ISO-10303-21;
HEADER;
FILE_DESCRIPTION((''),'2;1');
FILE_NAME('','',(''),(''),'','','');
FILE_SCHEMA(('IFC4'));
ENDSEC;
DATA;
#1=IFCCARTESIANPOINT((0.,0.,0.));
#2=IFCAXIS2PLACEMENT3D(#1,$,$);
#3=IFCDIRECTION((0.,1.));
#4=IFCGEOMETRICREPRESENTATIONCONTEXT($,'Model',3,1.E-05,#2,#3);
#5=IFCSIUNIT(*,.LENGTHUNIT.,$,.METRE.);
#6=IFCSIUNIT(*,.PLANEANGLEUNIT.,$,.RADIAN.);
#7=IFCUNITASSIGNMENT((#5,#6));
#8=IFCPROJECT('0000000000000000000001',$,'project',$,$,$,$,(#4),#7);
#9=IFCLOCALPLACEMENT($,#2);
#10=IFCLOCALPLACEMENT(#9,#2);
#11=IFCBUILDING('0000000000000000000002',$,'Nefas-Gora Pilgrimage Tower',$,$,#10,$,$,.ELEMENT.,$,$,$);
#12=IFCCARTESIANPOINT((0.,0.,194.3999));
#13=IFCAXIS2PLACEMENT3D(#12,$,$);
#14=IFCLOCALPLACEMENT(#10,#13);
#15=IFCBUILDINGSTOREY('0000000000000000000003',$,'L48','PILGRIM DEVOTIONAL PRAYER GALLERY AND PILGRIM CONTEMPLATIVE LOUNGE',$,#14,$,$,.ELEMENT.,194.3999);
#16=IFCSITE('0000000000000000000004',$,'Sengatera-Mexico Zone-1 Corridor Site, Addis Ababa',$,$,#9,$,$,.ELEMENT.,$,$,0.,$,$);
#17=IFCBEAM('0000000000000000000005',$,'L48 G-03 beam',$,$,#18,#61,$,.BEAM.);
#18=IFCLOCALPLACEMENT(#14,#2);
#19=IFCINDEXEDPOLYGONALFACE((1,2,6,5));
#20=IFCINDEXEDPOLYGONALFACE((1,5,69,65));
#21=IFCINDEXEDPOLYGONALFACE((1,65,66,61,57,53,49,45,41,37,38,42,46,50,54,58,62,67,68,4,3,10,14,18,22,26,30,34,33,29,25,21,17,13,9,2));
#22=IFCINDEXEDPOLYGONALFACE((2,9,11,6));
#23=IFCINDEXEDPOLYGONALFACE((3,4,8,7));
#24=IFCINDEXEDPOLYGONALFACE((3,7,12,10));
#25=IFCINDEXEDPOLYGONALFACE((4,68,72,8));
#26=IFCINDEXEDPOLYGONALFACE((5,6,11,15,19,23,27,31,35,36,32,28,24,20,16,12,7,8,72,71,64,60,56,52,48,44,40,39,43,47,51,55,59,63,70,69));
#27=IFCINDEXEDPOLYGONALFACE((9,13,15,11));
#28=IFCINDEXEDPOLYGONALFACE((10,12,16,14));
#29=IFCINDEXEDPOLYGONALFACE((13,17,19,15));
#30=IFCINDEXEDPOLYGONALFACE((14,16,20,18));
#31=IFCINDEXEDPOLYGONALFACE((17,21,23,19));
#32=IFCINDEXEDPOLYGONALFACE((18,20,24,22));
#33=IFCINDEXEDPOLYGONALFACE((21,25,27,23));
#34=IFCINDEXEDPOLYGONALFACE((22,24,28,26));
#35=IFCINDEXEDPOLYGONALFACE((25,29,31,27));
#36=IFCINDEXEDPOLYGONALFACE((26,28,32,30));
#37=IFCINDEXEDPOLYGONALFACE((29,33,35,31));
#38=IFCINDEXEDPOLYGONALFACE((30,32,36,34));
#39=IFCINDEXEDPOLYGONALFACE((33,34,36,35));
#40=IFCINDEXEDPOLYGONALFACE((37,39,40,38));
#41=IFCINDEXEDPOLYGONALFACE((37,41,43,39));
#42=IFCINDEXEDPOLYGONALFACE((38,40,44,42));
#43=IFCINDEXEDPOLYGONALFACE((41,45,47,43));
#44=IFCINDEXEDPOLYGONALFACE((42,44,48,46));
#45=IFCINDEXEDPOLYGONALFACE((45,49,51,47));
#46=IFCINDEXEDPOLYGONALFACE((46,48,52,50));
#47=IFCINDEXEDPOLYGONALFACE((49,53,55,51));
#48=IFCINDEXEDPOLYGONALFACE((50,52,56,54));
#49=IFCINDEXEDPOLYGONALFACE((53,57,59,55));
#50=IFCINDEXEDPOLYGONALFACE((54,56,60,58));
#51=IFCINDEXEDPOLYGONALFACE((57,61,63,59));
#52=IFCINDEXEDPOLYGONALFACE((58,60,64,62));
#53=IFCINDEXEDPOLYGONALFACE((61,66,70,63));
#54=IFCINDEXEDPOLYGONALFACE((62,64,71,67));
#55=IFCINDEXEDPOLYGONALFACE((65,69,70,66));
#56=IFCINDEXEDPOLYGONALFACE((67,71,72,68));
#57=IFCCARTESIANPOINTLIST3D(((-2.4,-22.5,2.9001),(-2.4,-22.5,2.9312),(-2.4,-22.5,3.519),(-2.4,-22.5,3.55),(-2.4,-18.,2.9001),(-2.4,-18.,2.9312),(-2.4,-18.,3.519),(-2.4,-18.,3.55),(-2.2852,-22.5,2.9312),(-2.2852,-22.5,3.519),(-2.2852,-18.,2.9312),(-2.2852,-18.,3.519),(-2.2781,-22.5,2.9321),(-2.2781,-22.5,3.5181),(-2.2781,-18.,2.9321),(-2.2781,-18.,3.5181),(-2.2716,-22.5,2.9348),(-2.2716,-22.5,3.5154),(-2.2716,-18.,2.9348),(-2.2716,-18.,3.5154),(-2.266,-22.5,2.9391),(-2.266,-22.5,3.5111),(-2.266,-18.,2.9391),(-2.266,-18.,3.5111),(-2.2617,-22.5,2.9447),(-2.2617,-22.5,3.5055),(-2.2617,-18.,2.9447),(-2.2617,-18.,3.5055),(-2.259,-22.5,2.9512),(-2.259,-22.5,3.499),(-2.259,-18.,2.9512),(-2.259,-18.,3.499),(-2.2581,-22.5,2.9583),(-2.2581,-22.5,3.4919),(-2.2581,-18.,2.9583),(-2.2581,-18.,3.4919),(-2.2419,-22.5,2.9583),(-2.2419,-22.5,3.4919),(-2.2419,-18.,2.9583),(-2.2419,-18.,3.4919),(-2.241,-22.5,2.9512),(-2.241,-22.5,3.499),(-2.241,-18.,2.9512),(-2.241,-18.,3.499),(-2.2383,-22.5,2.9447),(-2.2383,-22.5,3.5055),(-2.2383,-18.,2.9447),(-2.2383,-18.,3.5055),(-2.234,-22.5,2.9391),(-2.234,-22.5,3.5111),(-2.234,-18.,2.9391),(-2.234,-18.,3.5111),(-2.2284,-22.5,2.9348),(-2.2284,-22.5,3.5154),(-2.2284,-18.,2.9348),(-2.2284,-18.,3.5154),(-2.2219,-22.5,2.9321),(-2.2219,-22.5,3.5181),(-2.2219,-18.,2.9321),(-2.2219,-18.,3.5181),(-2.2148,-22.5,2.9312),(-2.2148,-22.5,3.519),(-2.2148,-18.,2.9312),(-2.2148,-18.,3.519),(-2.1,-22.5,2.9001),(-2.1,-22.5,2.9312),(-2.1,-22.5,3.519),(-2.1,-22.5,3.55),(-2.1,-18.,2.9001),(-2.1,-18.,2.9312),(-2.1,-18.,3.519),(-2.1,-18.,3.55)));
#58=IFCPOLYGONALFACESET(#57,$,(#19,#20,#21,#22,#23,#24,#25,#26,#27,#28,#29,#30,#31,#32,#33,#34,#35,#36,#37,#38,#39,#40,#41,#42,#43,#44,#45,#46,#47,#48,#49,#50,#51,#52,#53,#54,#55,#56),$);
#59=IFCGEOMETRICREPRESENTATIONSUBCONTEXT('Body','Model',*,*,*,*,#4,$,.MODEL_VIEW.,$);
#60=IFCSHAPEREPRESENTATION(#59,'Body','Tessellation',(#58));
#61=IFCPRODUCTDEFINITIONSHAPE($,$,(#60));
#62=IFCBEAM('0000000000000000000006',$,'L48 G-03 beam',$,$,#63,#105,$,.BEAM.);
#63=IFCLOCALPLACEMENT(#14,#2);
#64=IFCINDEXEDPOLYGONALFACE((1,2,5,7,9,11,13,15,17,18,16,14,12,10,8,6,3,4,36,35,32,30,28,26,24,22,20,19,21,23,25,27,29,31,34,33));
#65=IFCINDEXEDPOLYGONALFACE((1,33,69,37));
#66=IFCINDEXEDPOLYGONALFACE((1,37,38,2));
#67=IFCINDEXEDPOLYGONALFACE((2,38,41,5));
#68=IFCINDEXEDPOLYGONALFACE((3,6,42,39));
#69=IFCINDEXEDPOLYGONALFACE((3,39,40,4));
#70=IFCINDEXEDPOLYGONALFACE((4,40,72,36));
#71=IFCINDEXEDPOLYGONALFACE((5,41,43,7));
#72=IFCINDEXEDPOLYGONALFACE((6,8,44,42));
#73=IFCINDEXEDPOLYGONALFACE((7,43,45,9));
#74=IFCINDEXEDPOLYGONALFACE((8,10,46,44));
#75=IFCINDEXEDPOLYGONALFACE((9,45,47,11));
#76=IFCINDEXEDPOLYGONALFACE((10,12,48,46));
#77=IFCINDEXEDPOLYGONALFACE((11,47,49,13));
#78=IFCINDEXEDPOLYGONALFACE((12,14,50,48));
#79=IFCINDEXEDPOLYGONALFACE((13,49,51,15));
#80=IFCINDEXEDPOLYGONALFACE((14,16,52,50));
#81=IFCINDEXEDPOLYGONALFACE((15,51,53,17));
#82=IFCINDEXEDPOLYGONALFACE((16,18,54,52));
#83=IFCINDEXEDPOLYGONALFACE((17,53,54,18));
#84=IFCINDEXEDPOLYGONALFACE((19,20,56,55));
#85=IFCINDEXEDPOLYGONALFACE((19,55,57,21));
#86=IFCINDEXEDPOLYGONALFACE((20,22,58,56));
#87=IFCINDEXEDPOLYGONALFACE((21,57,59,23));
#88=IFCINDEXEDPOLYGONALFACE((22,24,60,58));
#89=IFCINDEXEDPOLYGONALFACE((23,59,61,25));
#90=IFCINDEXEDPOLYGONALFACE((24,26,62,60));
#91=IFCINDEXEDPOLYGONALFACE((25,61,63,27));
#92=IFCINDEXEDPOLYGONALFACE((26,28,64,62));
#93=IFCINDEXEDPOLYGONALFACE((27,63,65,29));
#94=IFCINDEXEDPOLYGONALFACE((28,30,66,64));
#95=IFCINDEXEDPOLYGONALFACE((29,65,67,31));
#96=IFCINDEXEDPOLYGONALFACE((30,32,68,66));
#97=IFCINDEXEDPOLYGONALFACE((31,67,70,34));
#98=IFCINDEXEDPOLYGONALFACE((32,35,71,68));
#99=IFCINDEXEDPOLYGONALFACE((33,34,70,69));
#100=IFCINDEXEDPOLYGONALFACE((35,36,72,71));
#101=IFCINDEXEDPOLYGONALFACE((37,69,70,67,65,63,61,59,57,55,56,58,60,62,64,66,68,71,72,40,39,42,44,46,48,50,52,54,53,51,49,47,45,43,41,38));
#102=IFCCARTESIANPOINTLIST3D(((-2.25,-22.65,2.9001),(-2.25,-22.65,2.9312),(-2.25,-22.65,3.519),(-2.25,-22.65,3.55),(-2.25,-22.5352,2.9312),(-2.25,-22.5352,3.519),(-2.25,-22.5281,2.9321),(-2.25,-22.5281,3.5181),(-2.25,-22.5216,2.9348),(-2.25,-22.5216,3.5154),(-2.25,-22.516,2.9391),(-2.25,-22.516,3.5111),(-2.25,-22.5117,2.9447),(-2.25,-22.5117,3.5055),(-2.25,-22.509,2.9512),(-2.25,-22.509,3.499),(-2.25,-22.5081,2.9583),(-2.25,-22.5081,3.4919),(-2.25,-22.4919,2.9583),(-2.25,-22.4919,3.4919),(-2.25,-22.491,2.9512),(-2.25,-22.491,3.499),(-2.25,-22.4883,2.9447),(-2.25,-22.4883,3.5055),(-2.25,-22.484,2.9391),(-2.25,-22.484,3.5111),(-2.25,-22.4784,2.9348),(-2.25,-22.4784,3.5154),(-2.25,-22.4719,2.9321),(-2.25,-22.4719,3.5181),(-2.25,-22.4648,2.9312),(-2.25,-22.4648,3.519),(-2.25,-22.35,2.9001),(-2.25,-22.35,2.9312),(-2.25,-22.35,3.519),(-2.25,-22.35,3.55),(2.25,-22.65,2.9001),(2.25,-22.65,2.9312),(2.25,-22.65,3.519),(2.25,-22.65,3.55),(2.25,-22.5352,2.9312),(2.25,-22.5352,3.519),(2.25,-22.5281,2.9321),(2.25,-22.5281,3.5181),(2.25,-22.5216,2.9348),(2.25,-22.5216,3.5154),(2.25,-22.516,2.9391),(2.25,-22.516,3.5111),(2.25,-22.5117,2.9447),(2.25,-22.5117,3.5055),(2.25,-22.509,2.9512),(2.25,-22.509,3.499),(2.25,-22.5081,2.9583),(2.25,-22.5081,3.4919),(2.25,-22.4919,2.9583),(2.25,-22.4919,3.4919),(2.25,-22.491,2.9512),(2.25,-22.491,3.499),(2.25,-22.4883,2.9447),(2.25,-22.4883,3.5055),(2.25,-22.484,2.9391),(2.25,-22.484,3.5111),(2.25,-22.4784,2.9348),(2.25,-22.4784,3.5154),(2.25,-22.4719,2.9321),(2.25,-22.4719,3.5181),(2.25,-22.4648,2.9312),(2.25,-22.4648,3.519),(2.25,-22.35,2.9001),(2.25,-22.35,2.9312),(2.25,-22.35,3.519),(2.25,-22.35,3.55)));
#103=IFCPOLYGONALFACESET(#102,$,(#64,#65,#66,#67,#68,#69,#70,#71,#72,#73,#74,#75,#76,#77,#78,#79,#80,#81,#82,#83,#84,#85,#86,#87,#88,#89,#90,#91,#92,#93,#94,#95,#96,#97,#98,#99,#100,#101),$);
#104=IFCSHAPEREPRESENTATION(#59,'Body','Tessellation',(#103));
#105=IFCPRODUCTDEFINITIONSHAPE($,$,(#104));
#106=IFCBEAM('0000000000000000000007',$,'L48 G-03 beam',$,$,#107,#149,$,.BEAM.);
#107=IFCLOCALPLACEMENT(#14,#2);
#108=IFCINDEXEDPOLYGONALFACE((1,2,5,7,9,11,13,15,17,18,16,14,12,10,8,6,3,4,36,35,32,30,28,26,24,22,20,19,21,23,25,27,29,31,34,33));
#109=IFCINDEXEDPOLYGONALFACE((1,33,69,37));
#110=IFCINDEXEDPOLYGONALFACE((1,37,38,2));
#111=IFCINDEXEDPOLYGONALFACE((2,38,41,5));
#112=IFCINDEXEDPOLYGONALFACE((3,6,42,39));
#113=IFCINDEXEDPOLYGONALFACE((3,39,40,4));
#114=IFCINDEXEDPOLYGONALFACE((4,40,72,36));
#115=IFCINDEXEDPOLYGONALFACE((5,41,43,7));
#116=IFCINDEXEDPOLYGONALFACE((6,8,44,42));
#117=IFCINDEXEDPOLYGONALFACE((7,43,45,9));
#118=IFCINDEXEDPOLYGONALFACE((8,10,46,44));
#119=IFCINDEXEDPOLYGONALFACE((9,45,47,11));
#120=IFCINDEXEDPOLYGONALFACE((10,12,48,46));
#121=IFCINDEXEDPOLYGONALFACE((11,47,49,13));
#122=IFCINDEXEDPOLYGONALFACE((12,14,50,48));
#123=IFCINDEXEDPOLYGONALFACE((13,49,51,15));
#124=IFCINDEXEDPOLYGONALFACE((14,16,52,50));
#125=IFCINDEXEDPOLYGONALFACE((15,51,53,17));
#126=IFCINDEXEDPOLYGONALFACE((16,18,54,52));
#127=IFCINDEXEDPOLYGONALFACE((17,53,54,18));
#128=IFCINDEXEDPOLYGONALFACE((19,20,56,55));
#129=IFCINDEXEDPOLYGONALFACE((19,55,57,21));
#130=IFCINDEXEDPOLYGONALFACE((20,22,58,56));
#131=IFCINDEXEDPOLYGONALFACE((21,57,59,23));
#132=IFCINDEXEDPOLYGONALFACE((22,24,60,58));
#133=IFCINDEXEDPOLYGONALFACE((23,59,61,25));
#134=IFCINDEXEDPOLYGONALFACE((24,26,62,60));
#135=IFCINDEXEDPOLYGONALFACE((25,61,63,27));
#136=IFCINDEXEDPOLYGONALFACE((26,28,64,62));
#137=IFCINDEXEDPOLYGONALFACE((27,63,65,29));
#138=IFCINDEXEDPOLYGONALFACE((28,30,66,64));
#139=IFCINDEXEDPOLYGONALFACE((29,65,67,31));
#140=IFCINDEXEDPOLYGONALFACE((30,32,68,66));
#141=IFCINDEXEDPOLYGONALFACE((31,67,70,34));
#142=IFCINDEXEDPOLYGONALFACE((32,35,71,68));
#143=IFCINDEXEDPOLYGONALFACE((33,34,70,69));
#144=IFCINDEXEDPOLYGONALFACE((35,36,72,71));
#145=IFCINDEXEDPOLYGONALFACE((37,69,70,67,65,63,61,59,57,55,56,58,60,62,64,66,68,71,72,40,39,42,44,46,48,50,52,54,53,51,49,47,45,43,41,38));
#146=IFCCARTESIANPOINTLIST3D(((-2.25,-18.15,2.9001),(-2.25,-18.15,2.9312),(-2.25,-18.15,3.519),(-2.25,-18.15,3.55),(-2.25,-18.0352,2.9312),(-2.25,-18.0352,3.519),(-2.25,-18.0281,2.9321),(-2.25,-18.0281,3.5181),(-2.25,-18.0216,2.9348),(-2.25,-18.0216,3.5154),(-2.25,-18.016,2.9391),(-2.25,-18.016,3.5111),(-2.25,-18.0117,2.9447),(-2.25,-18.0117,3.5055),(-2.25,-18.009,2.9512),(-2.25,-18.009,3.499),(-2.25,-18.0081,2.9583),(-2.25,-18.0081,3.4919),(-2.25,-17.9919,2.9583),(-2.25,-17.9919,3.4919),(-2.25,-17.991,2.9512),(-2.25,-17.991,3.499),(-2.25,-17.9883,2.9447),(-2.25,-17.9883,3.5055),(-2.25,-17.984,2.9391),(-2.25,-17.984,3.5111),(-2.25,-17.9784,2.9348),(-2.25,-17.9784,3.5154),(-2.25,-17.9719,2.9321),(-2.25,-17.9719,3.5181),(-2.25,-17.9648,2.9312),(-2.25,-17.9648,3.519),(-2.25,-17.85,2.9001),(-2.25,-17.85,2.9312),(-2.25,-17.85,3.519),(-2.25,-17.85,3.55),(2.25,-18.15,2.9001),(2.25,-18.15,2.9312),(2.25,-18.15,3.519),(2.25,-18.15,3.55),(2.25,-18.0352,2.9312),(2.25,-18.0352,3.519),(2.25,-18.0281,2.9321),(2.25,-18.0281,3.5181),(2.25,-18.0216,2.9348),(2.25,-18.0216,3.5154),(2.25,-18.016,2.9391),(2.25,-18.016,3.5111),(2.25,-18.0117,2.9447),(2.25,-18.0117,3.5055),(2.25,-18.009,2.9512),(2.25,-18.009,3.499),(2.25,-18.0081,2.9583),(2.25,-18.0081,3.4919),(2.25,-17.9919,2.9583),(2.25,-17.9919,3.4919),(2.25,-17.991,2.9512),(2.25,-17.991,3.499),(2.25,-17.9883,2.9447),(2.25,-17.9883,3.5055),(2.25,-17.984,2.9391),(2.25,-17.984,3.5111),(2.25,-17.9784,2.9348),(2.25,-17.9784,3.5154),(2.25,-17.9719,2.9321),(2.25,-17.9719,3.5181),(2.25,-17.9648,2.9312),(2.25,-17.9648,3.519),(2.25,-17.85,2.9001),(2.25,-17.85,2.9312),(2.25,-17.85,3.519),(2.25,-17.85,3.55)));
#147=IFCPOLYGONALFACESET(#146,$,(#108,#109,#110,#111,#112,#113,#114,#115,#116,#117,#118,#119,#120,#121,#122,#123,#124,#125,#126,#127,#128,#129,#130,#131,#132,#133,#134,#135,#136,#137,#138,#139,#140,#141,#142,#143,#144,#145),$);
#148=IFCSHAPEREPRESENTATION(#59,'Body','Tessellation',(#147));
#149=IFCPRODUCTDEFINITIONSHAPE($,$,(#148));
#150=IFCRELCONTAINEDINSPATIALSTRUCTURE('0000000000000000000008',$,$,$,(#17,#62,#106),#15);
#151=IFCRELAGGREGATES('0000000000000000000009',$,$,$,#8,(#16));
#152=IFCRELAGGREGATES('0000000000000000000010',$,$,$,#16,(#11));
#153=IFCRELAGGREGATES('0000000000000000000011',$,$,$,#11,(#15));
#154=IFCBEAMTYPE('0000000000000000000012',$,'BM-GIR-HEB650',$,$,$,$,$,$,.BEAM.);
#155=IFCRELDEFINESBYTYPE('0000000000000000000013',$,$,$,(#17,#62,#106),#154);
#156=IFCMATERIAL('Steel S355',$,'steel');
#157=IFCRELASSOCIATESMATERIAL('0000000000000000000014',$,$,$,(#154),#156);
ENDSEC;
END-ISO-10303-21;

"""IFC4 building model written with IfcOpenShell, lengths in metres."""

from ifc_helpers import new_model, si_unit, direction, frame, origin, origin_2d, place, context, subcontext, project, spatial, i_section, extrude, source, transform, mapped, material, material_profile, profile_set, type_object, element, save


model = new_model("IFC4")

# Units and contexts
model_context = context("Model", 3, precision=1e-05, world=origin(), true_north=direction((0.0, 1.0)))
body_context = subcontext(model_context, "Body", "Model", "MODEL_VIEW")
ifc_project = project(units=[si_unit("LENGTHUNIT", "METRE"), si_unit("PLANEANGLEUNIT", "RADIAN")], contexts=[model_context])

# Site, building, storey
site_placement = place(None, origin())
site = spatial("IfcSite", under=ifc_project, at=site_placement, Name="Sengatera-Mexico Zone-1 Corridor Site, Addis Ababa", CompositionType="ELEMENT", RefElevation=0.0)
building_placement = place(site_placement, origin())
building = spatial("IfcBuilding", under=site, at=building_placement, Name="Nefas-Gora Pilgrimage Tower", CompositionType="ELEMENT")
storey_placement = place(building_placement, frame((0.0, 0.0, 194.3999)))
storey = spatial("IfcBuildingStorey", under=building, at=storey_placement, Name="L48", Description="PILGRIM DEVOTIONAL PRAYER GALLERY AND PILGRIM CONTEMPLATIVE LOUNGE", CompositionType="ELEMENT", Elevation=194.3999)

# Beams
ifc_material_1 = material(Name="Steel S355", Category="steel")
ifc_material_profile_1 = material_profile(ifc_material_1, i_section(OverallWidth=0.3, OverallDepth=0.6499, WebThickness=0.0161, FlangeThickness=0.031, FilletRadius=0.0271, at=origin_2d()), Name="HEB 650")
ifc_profile_set_1 = profile_set([ifc_material_profile_1], Name="Steel S355")
beam_type = type_object("IfcBeamType", Name="BM-GIR-HEB650", PredefinedType="BEAM", material=ifc_profile_set_1)
shared_shape_1 = source(origin(), body_context, "Body", "SweptSolid", [
    extrude(i_section(OverallWidth=0.3, OverallDepth=0.6499, WebThickness=0.0161, FlangeThickness=0.031, FilletRadius=0.0271, at=origin_2d()), origin(), (0.0, 0.0, 1.0), 4.5),
])
for number, where, z_axis, x_axis, name in (
    (1, (-2.25, -22.5, 3.2251), (0.0, 1.0, 0.0), (-1.0, 0.0, 0.0), "L48 G-03 beam"),
    (2, (-2.25, -22.5, 3.2251), (1.0, 0.0, 0.0), (0.0, 1.0, 0.0), "L48 G-03 beam"),
    (3, (-2.25, -18.0, 3.2251), (1.0, 0.0, 0.0), (0.0, 1.0, 0.0), "L48 G-03 beam"),
):
    element("IfcBeam", number, at=place(storey_placement, frame(where, z_axis=z_axis, x_axis=x_axis)), inside=storey, type_object=beam_type, Name=name, PredefinedType="BEAM", context=body_context, shape_type="MappedRepresentation", body=[
        mapped(shared_shape_1, transform((0.0, 0.0, 0.0), x_axis=(1.0, 0.0, 0.0), y_axis=(0.0, 1.0, 0.0), z_axis=(0.0, 0.0, 1.0), scale=1.0)),
    ])

save(model, "model.ifc")
